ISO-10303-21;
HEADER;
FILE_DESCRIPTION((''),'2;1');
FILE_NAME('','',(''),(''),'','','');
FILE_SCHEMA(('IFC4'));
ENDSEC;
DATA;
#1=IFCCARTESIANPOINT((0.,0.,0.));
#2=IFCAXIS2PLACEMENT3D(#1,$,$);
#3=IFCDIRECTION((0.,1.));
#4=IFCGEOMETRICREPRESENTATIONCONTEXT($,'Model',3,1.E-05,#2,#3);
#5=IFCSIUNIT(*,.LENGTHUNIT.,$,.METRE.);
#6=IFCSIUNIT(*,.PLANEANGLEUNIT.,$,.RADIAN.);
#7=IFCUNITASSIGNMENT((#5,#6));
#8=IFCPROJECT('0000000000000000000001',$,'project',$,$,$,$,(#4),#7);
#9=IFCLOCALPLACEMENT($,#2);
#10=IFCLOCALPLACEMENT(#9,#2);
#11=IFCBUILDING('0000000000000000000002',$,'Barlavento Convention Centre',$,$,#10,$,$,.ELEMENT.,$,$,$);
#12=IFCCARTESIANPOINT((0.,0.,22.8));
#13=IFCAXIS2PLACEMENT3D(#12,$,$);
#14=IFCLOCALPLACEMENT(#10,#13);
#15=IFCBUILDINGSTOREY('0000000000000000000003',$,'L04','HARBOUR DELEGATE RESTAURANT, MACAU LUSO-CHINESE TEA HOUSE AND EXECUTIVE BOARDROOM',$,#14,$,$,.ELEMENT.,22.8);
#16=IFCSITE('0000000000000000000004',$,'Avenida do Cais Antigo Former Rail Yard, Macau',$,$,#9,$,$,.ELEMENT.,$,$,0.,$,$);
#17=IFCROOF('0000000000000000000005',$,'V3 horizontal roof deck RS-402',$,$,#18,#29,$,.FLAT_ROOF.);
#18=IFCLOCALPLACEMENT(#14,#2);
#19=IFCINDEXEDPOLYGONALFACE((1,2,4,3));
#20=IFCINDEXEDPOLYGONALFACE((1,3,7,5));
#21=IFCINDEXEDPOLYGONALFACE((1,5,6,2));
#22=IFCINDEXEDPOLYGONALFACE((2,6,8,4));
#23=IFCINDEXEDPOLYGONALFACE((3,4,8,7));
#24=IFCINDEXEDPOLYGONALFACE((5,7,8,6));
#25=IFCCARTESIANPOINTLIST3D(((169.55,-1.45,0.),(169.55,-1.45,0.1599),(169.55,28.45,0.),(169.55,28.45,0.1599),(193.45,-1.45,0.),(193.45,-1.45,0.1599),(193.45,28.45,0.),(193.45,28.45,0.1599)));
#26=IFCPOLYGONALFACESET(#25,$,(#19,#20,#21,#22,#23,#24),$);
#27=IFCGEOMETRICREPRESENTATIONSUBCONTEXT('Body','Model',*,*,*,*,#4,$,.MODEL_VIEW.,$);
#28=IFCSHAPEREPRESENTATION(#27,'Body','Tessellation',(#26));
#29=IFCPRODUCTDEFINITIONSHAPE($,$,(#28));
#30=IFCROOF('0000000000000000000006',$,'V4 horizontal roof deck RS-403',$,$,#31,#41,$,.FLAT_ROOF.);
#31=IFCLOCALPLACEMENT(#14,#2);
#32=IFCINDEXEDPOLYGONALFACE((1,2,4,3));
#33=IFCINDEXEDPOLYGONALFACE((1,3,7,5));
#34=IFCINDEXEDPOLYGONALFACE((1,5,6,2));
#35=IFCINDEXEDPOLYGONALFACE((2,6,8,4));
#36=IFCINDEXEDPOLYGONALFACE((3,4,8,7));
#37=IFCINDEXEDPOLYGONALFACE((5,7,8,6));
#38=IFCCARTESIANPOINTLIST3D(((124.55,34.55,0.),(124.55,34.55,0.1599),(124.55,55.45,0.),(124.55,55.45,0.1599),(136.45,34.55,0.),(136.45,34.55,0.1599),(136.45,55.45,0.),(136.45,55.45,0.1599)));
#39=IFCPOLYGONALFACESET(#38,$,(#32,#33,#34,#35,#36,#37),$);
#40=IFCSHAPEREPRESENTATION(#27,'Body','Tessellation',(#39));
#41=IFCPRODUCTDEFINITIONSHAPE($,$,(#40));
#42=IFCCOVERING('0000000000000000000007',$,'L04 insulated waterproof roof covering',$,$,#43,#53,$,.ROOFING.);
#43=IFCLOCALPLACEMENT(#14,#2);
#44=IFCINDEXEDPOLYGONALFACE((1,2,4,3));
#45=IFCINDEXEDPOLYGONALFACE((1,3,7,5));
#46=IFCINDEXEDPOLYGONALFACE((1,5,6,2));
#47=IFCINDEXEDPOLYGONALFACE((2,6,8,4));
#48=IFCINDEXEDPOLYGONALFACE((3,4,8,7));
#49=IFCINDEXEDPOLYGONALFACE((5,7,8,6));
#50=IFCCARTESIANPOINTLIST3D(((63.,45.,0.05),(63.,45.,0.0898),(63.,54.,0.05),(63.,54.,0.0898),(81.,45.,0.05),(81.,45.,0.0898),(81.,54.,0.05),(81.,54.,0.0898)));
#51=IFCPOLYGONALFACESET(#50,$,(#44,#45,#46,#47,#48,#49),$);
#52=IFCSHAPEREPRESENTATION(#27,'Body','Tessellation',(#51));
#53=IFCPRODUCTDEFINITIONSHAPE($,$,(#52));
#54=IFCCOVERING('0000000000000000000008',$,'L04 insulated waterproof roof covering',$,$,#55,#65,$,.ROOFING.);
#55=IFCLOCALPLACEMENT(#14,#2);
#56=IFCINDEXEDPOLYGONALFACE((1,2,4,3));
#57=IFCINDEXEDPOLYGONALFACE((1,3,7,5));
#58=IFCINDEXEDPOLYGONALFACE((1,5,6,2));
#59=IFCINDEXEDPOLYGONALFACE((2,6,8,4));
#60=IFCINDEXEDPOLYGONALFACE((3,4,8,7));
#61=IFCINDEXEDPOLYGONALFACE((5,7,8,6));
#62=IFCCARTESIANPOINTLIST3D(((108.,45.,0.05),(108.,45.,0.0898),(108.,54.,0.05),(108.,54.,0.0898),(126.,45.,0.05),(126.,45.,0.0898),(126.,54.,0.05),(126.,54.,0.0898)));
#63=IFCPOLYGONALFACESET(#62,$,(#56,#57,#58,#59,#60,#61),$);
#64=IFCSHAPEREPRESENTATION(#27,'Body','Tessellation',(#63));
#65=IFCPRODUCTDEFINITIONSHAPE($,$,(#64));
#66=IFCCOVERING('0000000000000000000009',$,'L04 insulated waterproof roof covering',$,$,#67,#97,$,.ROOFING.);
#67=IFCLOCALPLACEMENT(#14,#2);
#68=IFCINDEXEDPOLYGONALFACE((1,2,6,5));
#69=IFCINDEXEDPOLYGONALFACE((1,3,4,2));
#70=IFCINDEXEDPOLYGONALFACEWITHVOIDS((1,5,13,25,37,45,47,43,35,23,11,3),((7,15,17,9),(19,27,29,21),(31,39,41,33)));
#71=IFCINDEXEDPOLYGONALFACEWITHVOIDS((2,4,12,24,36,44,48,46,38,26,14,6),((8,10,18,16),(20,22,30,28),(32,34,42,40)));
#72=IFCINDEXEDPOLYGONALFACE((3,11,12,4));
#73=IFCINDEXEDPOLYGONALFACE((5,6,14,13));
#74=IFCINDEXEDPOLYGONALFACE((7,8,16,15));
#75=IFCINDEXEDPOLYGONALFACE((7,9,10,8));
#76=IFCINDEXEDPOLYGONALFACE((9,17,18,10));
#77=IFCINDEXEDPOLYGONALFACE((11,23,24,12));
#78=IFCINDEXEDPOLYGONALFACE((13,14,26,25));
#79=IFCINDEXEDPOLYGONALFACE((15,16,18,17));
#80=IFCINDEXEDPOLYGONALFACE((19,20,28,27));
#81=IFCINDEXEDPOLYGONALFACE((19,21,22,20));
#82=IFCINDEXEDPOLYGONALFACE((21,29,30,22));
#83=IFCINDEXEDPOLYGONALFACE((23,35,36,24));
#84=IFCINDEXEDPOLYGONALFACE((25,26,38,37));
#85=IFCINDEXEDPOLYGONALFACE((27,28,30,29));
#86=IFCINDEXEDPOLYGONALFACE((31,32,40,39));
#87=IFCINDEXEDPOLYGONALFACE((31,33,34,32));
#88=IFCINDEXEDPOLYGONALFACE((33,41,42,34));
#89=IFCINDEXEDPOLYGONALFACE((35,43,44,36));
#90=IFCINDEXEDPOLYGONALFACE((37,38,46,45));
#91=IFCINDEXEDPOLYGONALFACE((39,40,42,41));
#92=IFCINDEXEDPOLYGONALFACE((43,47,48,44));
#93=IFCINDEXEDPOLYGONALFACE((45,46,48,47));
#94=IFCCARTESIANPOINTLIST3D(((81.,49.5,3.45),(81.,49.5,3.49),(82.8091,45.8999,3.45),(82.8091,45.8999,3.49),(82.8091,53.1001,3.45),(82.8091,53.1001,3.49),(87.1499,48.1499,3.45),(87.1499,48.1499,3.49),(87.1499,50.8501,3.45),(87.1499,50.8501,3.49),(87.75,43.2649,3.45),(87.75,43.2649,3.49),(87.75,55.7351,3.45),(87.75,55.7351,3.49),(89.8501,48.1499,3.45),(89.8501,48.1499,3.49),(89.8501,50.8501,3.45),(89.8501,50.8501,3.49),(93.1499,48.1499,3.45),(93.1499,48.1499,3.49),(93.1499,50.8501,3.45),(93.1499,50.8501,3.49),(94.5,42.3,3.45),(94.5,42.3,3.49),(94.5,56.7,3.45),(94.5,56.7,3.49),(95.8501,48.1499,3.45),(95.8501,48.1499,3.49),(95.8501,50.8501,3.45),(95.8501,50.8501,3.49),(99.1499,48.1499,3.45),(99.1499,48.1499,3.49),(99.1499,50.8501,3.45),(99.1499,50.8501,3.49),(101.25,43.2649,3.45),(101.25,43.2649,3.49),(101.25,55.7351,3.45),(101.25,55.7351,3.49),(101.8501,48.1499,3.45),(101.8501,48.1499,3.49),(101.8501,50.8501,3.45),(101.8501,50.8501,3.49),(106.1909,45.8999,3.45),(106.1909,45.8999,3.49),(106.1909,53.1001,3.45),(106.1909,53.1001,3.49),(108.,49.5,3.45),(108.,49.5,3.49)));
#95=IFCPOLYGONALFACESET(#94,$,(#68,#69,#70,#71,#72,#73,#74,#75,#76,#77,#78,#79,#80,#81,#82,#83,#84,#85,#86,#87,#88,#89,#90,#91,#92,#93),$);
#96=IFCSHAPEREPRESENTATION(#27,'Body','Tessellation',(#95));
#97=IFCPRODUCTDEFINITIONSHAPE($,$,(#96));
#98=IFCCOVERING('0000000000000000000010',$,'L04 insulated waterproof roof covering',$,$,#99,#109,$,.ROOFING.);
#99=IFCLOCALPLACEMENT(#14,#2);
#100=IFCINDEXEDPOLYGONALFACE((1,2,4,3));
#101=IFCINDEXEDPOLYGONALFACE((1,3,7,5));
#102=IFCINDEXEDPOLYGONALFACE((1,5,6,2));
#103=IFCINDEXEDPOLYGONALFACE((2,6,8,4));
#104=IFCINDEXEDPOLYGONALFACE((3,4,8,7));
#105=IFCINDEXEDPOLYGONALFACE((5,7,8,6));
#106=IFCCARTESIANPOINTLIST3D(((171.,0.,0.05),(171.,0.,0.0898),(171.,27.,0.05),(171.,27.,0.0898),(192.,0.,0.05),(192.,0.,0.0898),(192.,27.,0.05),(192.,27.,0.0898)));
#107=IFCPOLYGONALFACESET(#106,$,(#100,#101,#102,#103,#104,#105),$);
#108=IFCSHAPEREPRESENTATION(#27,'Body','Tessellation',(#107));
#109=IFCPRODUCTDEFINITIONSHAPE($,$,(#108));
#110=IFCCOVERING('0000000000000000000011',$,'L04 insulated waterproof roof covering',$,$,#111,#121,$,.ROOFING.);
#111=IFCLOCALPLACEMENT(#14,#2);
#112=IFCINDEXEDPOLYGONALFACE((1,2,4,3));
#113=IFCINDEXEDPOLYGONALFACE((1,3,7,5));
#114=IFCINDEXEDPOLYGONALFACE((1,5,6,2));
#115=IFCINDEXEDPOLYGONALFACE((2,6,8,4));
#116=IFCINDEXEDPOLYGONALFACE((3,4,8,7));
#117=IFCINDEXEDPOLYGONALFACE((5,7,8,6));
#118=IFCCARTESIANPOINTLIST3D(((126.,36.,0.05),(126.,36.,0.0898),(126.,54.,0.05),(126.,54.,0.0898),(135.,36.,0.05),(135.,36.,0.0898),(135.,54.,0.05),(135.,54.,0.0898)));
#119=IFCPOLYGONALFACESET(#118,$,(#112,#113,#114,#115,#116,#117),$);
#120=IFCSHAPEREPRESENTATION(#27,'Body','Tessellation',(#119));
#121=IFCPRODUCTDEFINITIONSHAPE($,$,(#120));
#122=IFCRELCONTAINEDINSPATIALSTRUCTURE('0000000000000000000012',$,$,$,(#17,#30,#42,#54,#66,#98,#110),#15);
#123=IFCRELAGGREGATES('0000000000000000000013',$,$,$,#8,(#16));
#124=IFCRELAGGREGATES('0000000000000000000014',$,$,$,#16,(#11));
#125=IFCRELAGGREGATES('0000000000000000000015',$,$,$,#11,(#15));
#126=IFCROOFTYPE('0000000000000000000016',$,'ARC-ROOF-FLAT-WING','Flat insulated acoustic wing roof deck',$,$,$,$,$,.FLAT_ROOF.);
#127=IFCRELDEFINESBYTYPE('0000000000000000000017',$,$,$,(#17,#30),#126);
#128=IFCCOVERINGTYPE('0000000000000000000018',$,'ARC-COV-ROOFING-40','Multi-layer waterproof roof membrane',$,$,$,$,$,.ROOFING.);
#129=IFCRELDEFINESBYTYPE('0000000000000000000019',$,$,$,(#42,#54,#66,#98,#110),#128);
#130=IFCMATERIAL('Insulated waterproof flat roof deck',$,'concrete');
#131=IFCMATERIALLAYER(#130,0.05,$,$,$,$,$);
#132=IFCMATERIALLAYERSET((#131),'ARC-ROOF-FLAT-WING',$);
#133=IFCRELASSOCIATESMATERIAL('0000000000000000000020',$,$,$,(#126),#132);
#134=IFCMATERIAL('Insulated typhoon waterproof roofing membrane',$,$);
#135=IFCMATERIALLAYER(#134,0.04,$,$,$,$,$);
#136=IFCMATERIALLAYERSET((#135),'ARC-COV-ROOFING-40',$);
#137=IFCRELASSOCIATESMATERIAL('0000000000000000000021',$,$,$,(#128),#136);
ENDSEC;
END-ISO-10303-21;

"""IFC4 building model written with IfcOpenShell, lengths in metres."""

from ifc_helpers import new_model, si_unit, direction, frame, origin, place, context, subcontext, project, spatial, polyline, outline, extrude, material, layer, layer_set, type_object, element, save


model = new_model("IFC4")

# Units and contexts
model_context = context("Model", 3, precision=1e-05, world=origin(), true_north=direction((0.0, 1.0)))
body_context = subcontext(model_context, "Body", "Model", "MODEL_VIEW")
ifc_project = project(units=[si_unit("LENGTHUNIT", "METRE"), si_unit("PLANEANGLEUNIT", "RADIAN")], contexts=[model_context])

# Site, building, storey
site_placement = place(None, origin())
site = spatial("IfcSite", under=ifc_project, at=site_placement, Name="Avenida do Cais Antigo Former Rail Yard, Macau", CompositionType="ELEMENT", RefElevation=0.0)
building_placement = place(site_placement, origin())
building = spatial("IfcBuilding", under=site, at=building_placement, Name="Barlavento Convention Centre", CompositionType="ELEMENT")
storey_placement = place(building_placement, frame((0.0, 0.0, 22.8)))
storey = spatial("IfcBuildingStorey", under=building, at=storey_placement, Name="L04", Description="HARBOUR DELEGATE RESTAURANT, MACAU LUSO-CHINESE TEA HOUSE AND EXECUTIVE BOARDROOM", CompositionType="ELEMENT", Elevation=22.8)

# Roofs
ifc_material_1 = material(Name="Insulated waterproof flat roof deck", Category="concrete")
ifc_layer_1 = layer(ifc_material_1, 0.05)
ifc_layer_set_1 = layer_set([ifc_layer_1], Name="ARC-ROOF-FLAT-WING")
roof_type = type_object("IfcRoofType", Name="ARC-ROOF-FLAT-WING", Description="Flat insulated acoustic wing roof deck", PredefinedType="FLAT_ROOF", material=ifc_layer_set_1)
roof_1_placement = place(storey_placement, origin())
element("IfcRoof", 1, at=roof_1_placement, inside=storey, type_object=roof_type, Name="V3 horizontal roof deck RS-402", PredefinedType="FLAT_ROOF", context=body_context, shape_type="SweptSolid", body=[
    extrude(outline(polyline([(169.55, -1.45), (169.55, 28.45), (193.45, 28.45), (193.45, -1.45), (169.55, -1.45)])), origin(), (0.0, 0.0, 1.0), 0.1599),
])
roof_2_placement = place(storey_placement, origin())
element("IfcRoof", 2, at=roof_2_placement, inside=storey, type_object=roof_type, Name="V4 horizontal roof deck RS-403", PredefinedType="FLAT_ROOF", context=body_context, shape_type="SweptSolid", body=[
    extrude(outline(polyline([(124.55, 34.55), (124.55, 55.45), (136.45, 55.45), (136.45, 34.55), (124.55, 34.55)])), origin(), (0.0, 0.0, 1.0), 0.1599),
])

# Coverings
ifc_material_2 = material(Name="Insulated typhoon waterproof roofing membrane")
ifc_layer_2 = layer(ifc_material_2, 0.04)
ifc_layer_set_2 = layer_set([ifc_layer_2], Name="ARC-COV-ROOFING-40")
covering_type = type_object("IfcCoveringType", Name="ARC-COV-ROOFING-40", Description="Multi-layer waterproof roof membrane", PredefinedType="ROOFING", material=ifc_layer_set_2)
covering_1_placement = place(storey_placement, frame((0.0, 0.0, 0.05)))
element("IfcCovering", 3, at=covering_1_placement, inside=storey, type_object=covering_type, Name="L04 insulated waterproof roof covering", PredefinedType="ROOFING", context=body_context, shape_type="SweptSolid", body=[
    extrude(outline(polyline([(63.0, 45.0), (81.0, 45.0), (81.0, 54.0), (63.0, 54.0), (63.0, 45.0)])), origin(), (0.0, 0.0, 1.0), 0.0398),
])
covering_2_placement = place(storey_placement, frame((0.0, 0.0, 0.05)))
element("IfcCovering", 4, at=covering_2_placement, inside=storey, type_object=covering_type, Name="L04 insulated waterproof roof covering", PredefinedType="ROOFING", context=body_context, shape_type="SweptSolid", body=[
    extrude(outline(polyline([(108.0, 45.0), (126.0, 45.0), (126.0, 54.0), (108.0, 54.0), (108.0, 45.0)])), origin(), (0.0, 0.0, 1.0), 0.0398),
])
covering_3_placement = place(storey_placement, frame((0.0, 0.0, 3.45)))
element("IfcCovering", 5, at=covering_3_placement, inside=storey, type_object=covering_type, Name="L04 insulated waterproof roof covering", PredefinedType="ROOFING", context=body_context, shape_type="SweptSolid", body=[
    extrude(outline(polyline([(108.0, 49.5), (106.1909, 53.1001), (101.25, 55.7351), (94.5, 56.7), (87.75, 55.7351), (82.8091, 53.1001), (81.0, 49.5), (82.8091, 45.8999), (87.75, 43.2649), (94.5, 42.3), (101.25, 43.2649), (106.1909, 45.8999), (108.0, 49.5)]), holes=[polyline([(87.1499, 48.1499), (89.8501, 48.1499), (89.8501, 50.8501), (87.1499, 50.8501), (87.1499, 48.1499)]), polyline([(93.1499, 48.1499), (95.8501, 48.1499), (95.8501, 50.8501), (93.1499, 50.8501), (93.1499, 48.1499)]), polyline([(99.1499, 48.1499), (101.8501, 48.1499), (101.8501, 50.8501), (99.1499, 50.8501), (99.1499, 48.1499)])]), origin(), (0.0, 0.0, 1.0), 0.04),
])
covering_4_placement = place(storey_placement, frame((0.0, 0.0, 0.05)))
element("IfcCovering", 6, at=covering_4_placement, inside=storey, type_object=covering_type, Name="L04 insulated waterproof roof covering", PredefinedType="ROOFING", context=body_context, shape_type="SweptSolid", body=[
    extrude(outline(polyline([(171.0, 0.0), (192.0, 0.0), (192.0, 27.0), (171.0, 27.0), (171.0, 0.0)])), origin(), (0.0, 0.0, 1.0), 0.0398),
])
covering_5_placement = place(storey_placement, frame((0.0, 0.0, 0.05)))
element("IfcCovering", 7, at=covering_5_placement, inside=storey, type_object=covering_type, Name="L04 insulated waterproof roof covering", PredefinedType="ROOFING", context=body_context, shape_type="SweptSolid", body=[
    extrude(outline(polyline([(126.0, 36.0), (135.0, 36.0), (135.0, 54.0), (126.0, 54.0), (126.0, 36.0)])), origin(), (0.0, 0.0, 1.0), 0.0398),
])

save(model, "model.ifc")
